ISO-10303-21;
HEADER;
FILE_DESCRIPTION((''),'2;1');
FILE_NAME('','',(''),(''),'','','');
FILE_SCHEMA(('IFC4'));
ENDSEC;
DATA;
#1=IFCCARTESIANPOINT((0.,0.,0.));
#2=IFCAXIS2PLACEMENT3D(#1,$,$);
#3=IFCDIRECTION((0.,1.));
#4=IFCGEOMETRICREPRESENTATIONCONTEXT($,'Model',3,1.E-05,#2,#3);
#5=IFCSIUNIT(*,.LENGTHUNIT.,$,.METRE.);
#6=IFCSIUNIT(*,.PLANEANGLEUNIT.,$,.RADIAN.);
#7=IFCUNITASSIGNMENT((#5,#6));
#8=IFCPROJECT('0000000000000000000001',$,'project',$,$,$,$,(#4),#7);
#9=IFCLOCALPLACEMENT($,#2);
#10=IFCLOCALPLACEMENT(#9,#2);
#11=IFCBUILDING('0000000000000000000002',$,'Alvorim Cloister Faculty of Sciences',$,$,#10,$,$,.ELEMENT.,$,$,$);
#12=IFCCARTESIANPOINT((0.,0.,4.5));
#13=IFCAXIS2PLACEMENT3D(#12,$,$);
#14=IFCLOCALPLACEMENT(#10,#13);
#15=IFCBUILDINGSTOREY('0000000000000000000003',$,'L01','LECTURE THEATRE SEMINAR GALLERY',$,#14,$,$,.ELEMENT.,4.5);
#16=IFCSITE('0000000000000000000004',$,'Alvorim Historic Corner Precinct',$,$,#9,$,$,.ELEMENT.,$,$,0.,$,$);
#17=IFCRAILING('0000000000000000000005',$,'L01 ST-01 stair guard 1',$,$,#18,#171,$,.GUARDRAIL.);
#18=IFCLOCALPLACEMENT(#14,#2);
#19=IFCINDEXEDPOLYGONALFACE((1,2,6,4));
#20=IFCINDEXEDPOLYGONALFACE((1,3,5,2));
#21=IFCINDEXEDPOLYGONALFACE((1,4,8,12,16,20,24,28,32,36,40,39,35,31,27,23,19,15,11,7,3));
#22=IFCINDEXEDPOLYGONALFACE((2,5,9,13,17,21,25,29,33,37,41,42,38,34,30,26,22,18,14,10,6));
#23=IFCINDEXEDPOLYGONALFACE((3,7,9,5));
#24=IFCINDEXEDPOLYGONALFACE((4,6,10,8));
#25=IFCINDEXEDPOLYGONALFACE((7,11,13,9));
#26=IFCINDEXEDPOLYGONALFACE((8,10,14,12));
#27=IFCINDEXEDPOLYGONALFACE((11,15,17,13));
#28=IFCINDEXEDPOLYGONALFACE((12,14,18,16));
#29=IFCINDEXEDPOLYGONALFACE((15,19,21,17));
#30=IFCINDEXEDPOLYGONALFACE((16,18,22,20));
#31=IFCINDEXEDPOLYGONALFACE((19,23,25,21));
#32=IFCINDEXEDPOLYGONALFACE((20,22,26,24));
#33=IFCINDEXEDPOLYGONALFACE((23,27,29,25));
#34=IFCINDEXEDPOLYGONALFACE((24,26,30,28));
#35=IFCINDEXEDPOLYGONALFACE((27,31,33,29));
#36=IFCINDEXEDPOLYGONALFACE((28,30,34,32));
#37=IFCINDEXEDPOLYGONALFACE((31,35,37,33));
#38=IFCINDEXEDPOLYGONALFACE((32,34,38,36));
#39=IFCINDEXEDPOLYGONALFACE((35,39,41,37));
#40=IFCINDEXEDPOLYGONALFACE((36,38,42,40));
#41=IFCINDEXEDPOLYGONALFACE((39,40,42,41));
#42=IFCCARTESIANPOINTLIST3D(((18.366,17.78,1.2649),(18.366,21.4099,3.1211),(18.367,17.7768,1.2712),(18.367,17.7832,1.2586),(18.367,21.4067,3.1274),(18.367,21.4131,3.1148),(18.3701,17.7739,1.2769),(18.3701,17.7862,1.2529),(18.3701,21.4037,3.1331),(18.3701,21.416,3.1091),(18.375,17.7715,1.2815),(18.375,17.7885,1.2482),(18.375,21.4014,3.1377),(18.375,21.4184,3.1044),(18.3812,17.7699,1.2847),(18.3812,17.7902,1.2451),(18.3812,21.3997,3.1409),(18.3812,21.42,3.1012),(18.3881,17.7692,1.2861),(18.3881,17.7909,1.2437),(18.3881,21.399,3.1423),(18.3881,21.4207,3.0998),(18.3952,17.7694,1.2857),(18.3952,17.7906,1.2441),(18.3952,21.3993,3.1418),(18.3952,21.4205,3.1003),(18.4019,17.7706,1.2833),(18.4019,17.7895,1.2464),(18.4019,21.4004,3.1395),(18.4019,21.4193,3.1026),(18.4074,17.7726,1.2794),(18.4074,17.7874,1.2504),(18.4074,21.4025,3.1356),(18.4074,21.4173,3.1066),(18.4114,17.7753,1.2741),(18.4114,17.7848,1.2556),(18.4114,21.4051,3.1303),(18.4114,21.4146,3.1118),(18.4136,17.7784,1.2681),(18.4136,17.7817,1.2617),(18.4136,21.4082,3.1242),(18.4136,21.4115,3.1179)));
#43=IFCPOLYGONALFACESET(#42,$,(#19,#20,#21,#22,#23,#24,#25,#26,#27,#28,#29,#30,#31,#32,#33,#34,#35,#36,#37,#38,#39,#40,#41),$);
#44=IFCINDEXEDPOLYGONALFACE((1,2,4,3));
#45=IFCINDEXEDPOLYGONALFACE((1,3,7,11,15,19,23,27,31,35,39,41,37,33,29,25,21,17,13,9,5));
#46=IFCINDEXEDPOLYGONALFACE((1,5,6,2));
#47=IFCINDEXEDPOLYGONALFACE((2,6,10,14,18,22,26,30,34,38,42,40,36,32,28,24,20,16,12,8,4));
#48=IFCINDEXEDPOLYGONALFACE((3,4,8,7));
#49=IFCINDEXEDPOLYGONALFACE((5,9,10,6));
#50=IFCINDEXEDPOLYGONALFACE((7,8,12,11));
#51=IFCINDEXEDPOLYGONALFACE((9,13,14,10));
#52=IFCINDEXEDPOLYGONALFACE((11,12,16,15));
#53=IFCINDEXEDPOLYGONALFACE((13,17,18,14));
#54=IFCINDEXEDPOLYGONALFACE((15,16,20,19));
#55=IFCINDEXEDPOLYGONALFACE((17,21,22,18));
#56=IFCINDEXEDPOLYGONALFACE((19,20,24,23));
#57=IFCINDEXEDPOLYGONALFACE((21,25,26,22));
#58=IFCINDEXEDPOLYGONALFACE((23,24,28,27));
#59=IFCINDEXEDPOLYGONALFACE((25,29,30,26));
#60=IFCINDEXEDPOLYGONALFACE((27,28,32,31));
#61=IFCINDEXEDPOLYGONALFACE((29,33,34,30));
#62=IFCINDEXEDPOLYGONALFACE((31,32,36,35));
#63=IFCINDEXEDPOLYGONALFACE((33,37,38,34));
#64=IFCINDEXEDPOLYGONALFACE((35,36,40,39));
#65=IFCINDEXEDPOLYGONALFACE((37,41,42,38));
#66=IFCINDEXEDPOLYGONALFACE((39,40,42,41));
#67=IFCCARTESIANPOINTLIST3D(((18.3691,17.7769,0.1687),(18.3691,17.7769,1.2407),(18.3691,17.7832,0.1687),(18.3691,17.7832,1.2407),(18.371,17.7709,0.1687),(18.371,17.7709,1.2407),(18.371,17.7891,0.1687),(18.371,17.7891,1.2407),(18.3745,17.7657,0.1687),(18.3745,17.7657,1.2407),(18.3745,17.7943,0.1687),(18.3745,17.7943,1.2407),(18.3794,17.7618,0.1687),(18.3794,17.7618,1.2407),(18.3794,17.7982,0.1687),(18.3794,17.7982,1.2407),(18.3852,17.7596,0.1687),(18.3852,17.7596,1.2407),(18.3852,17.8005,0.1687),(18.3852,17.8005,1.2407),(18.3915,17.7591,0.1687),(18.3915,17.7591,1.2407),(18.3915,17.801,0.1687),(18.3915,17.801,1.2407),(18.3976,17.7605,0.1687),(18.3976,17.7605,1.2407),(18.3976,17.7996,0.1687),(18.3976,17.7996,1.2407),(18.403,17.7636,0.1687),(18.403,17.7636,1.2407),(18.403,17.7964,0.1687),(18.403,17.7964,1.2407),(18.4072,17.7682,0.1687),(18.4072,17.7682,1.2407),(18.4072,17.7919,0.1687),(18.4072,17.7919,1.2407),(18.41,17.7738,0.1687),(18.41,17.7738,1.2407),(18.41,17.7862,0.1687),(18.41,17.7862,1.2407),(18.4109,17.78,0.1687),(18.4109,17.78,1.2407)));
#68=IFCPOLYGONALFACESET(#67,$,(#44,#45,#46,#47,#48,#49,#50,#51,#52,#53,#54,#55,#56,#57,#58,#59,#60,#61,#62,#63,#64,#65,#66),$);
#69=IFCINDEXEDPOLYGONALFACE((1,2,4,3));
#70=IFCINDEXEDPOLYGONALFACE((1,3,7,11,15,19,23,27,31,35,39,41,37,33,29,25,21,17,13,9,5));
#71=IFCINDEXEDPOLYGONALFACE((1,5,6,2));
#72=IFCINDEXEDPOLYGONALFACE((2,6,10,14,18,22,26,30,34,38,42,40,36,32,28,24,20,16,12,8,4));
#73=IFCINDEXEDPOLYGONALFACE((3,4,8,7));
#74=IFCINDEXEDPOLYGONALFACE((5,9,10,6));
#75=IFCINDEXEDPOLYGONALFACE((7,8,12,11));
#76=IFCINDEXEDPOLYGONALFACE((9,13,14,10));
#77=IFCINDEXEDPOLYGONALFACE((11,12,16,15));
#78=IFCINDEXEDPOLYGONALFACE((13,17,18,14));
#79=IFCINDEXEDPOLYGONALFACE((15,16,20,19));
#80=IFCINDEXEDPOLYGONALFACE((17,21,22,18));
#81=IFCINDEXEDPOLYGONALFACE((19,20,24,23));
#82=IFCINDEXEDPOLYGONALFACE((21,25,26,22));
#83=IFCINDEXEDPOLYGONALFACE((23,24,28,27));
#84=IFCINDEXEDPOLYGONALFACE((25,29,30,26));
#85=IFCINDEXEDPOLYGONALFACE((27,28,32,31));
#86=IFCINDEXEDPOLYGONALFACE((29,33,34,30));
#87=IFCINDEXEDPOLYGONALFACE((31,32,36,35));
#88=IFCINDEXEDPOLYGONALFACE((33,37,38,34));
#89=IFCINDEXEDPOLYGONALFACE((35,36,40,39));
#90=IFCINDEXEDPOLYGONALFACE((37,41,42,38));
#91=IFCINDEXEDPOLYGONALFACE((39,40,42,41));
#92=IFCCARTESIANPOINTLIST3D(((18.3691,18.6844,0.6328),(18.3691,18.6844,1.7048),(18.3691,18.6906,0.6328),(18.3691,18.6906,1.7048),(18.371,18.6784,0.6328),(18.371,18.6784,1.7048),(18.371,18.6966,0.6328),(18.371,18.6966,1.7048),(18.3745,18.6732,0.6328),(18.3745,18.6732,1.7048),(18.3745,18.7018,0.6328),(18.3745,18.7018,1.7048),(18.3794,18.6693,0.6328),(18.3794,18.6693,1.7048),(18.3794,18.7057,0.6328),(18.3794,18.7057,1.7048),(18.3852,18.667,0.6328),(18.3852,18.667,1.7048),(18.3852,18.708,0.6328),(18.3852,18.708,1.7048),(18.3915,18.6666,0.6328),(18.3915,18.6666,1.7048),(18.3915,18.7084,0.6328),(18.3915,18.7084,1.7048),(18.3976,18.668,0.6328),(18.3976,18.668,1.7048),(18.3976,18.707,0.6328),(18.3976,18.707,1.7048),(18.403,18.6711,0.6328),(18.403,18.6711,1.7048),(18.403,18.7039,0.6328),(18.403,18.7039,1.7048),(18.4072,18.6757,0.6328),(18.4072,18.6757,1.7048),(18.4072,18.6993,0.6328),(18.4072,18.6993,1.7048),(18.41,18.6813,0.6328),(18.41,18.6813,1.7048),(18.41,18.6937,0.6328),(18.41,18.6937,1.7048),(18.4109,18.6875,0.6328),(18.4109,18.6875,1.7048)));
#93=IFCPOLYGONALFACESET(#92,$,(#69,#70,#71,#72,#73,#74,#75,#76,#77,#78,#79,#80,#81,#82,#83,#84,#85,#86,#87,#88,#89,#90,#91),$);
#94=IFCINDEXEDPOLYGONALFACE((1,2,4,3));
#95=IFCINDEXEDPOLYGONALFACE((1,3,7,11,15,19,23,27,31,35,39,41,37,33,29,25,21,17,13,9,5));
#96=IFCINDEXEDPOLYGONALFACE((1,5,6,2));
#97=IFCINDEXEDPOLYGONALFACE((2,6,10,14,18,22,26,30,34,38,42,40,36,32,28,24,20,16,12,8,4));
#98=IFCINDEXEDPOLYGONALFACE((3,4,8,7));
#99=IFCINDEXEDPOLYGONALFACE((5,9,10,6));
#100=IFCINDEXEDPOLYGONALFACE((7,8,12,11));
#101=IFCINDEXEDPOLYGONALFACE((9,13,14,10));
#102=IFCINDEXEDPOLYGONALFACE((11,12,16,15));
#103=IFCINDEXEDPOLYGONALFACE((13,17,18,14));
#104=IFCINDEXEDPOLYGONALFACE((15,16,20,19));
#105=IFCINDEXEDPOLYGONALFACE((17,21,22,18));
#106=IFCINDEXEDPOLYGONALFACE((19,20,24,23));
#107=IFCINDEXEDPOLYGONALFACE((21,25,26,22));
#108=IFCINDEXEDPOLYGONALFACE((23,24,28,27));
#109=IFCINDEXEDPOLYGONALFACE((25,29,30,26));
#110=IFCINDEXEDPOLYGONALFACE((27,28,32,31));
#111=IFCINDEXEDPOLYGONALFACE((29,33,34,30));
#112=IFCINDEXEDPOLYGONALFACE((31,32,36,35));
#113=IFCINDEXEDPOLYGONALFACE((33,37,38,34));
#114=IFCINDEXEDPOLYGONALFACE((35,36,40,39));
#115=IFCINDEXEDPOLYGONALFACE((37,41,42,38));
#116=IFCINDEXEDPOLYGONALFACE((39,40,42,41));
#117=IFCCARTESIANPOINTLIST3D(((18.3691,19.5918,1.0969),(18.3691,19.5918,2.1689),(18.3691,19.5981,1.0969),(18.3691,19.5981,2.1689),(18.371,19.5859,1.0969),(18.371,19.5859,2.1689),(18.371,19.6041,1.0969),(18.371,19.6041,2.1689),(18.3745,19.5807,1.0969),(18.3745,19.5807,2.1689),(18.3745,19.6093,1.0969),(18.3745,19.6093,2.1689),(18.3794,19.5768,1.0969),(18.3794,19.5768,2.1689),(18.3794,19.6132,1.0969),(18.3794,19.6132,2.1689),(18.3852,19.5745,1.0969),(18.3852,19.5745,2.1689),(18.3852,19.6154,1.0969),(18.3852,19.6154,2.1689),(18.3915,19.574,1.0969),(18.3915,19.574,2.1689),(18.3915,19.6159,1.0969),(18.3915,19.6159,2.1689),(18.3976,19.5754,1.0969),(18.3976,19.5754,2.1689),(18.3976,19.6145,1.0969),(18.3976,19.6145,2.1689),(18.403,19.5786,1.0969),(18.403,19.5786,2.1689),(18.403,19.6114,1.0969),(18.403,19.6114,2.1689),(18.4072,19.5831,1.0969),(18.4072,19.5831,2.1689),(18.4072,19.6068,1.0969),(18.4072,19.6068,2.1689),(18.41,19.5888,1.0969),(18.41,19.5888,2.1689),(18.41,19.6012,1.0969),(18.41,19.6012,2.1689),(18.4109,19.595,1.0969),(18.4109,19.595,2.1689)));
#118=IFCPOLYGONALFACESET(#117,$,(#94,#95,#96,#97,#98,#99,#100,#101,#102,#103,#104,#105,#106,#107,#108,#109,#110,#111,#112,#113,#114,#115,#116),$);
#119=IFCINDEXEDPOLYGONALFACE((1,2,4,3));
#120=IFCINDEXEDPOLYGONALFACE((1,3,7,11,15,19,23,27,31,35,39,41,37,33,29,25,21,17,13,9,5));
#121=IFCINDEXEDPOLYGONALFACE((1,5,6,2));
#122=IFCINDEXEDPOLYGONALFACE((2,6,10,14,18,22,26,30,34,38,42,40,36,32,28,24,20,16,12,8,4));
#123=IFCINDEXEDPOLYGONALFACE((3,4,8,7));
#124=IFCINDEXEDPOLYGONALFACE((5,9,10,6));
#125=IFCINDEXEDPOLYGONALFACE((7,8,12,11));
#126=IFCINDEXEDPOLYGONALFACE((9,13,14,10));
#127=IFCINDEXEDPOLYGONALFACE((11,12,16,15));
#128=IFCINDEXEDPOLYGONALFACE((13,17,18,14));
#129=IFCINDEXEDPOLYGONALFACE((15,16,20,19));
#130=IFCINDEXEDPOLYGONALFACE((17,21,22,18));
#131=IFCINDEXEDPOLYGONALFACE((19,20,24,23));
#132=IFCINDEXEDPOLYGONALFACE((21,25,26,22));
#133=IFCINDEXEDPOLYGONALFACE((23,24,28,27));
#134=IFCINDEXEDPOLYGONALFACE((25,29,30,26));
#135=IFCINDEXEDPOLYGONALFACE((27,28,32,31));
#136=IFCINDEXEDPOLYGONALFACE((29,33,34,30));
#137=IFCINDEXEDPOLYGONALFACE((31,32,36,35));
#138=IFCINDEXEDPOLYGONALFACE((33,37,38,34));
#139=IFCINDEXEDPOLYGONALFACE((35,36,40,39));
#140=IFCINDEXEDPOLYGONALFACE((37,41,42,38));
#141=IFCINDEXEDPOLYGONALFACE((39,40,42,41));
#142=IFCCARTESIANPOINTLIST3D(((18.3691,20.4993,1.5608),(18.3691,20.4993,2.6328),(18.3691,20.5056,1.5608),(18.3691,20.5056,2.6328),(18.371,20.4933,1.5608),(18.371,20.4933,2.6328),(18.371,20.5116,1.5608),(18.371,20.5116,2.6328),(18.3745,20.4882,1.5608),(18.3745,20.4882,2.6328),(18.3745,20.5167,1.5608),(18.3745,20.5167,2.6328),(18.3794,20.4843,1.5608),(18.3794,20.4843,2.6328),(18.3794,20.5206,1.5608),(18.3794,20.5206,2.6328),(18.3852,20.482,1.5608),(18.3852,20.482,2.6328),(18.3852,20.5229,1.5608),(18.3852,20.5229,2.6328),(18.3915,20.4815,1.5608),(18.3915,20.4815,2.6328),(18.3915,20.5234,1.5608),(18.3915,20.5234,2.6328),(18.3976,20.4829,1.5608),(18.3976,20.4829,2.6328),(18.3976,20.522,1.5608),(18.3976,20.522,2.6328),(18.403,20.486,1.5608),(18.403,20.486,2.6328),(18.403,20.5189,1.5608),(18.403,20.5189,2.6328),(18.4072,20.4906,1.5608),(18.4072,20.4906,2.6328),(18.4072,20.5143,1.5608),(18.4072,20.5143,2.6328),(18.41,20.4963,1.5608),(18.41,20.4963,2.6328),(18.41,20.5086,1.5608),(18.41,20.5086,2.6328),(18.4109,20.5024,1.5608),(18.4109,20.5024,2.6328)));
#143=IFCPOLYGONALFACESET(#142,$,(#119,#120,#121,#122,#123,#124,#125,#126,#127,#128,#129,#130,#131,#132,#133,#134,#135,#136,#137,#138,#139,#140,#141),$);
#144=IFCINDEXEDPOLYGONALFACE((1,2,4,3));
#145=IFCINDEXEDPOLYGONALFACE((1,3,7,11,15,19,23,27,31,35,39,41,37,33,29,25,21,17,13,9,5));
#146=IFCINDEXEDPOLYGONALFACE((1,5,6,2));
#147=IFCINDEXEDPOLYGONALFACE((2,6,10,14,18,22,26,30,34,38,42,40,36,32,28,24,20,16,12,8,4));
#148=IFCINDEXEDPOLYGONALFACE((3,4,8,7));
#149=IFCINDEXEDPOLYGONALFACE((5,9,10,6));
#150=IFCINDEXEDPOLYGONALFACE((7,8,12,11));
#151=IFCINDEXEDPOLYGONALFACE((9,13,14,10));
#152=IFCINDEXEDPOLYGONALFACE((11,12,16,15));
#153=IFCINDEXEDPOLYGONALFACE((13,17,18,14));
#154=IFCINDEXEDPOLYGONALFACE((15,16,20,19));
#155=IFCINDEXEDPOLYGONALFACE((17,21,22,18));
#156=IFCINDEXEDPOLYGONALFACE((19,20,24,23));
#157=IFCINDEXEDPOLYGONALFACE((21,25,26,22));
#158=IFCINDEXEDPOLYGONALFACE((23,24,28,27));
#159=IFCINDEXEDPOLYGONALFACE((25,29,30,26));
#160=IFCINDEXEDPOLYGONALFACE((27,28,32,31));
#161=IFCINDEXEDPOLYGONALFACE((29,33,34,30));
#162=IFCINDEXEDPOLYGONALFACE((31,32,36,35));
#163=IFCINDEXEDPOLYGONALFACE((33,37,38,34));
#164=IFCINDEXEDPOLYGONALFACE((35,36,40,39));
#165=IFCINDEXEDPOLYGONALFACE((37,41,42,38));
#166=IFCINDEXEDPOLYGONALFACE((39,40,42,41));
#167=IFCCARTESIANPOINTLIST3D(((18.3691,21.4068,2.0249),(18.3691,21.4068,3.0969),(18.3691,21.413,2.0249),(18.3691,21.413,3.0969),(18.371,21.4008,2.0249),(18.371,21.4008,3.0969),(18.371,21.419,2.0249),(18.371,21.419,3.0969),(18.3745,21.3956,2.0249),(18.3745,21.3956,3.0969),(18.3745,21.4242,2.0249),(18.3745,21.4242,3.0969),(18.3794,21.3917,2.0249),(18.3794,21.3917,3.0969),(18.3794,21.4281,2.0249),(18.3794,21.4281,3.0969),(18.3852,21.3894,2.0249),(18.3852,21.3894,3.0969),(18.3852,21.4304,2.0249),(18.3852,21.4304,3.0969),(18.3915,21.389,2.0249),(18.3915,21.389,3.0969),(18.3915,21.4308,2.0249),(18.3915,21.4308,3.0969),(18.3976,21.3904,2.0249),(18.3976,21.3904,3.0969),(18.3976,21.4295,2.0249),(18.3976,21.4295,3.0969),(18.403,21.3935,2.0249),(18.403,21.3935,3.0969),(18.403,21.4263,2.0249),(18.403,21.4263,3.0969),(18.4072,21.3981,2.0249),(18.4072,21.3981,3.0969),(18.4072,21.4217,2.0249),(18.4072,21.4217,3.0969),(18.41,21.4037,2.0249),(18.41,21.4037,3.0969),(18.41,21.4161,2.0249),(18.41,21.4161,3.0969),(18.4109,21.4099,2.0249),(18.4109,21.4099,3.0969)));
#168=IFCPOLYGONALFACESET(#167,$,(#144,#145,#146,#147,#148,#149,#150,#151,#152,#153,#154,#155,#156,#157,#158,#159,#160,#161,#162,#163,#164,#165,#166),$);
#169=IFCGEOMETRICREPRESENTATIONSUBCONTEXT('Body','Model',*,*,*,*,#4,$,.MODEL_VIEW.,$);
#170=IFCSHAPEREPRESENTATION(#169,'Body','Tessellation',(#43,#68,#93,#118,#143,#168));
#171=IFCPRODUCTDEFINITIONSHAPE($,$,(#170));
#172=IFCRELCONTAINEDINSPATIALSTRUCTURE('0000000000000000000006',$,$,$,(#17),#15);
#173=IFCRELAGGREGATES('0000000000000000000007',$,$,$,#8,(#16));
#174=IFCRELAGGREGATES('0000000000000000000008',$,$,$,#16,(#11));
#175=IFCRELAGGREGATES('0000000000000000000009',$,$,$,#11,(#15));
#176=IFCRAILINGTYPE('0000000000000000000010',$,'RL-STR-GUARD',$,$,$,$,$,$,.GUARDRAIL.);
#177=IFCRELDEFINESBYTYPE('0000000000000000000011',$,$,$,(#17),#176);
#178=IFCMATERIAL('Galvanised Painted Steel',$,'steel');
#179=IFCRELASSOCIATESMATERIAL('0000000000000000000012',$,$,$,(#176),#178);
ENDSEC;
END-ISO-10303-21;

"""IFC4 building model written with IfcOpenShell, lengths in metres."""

from ifc_helpers import new_model, si_unit, direction, frame, origin, origin_2d, place, context, subcontext, project, spatial, circle, extrude, material, type_object, element, save


model = new_model("IFC4")

# Units and contexts
model_context = context("Model", 3, precision=1e-05, world=origin(), true_north=direction((0.0, 1.0)))
body_context = subcontext(model_context, "Body", "Model", "MODEL_VIEW")
ifc_project = project(units=[si_unit("LENGTHUNIT", "METRE"), si_unit("PLANEANGLEUNIT", "RADIAN")], contexts=[model_context])

# Site, building, storey
site_placement = place(None, origin())
site = spatial("IfcSite", under=ifc_project, at=site_placement, Name="Alvorim Historic Corner Precinct", CompositionType="ELEMENT", RefElevation=0.0)
building_placement = place(site_placement, origin())
building = spatial("IfcBuilding", under=site, at=building_placement, Name="Alvorim Cloister Faculty of Sciences", CompositionType="ELEMENT")
storey_placement = place(building_placement, frame((0.0, 0.0, 4.5)))
storey = spatial("IfcBuildingStorey", under=building, at=storey_placement, Name="L01", Description="LECTURE THEATRE SEMINAR GALLERY", CompositionType="ELEMENT", Elevation=4.5)

# Railing
ifc_material_1 = material(Name="Galvanised Painted Steel", Category="steel")
railing_type_1 = type_object("IfcRailingType", Name="RL-STR-GUARD", PredefinedType="GUARDRAIL", material=ifc_material_1)
railing_1_placement = place(storey_placement, frame((18.3899, 17.78, 0.1687)))
element("IfcRailing", 1, at=railing_1_placement, inside=storey, type_object=railing_type_1, Name="L01 ST-01 stair guard 1", PredefinedType="GUARDRAIL", context=body_context, shape_type="SweptSolid", body=[
    extrude(circle(Radius=0.0239, at=origin_2d()), frame((0.0, 0.0, 1.0962), z_axis=(0.0, 0.890342, 0.455291), x_axis=(-1.0, 0.0, 0.0)), (0.0, 0.0, 1.0), 4.0769),
    extrude(circle(Radius=0.021, at=origin_2d()), origin(), (0.0, 0.0, 1.0), 1.072),
    extrude(circle(Radius=0.021, at=origin_2d()), frame((0.0, 0.9075, 0.4641)), (0.0, 0.0, 1.0), 1.072),
    extrude(circle(Radius=0.021, at=origin_2d()), frame((0.0, 1.8149, 0.9282)), (0.0, 0.0, 1.0), 1.072),
    extrude(circle(Radius=0.021, at=origin_2d()), frame((0.0, 2.7224, 1.3921)), (0.0, 0.0, 1.0), 1.072),
    extrude(circle(Radius=0.021, at=origin_2d()), frame((0.0, 3.6299, 1.8562)), (0.0, 0.0, 1.0), 1.072),
])

save(model, "model.ifc")
